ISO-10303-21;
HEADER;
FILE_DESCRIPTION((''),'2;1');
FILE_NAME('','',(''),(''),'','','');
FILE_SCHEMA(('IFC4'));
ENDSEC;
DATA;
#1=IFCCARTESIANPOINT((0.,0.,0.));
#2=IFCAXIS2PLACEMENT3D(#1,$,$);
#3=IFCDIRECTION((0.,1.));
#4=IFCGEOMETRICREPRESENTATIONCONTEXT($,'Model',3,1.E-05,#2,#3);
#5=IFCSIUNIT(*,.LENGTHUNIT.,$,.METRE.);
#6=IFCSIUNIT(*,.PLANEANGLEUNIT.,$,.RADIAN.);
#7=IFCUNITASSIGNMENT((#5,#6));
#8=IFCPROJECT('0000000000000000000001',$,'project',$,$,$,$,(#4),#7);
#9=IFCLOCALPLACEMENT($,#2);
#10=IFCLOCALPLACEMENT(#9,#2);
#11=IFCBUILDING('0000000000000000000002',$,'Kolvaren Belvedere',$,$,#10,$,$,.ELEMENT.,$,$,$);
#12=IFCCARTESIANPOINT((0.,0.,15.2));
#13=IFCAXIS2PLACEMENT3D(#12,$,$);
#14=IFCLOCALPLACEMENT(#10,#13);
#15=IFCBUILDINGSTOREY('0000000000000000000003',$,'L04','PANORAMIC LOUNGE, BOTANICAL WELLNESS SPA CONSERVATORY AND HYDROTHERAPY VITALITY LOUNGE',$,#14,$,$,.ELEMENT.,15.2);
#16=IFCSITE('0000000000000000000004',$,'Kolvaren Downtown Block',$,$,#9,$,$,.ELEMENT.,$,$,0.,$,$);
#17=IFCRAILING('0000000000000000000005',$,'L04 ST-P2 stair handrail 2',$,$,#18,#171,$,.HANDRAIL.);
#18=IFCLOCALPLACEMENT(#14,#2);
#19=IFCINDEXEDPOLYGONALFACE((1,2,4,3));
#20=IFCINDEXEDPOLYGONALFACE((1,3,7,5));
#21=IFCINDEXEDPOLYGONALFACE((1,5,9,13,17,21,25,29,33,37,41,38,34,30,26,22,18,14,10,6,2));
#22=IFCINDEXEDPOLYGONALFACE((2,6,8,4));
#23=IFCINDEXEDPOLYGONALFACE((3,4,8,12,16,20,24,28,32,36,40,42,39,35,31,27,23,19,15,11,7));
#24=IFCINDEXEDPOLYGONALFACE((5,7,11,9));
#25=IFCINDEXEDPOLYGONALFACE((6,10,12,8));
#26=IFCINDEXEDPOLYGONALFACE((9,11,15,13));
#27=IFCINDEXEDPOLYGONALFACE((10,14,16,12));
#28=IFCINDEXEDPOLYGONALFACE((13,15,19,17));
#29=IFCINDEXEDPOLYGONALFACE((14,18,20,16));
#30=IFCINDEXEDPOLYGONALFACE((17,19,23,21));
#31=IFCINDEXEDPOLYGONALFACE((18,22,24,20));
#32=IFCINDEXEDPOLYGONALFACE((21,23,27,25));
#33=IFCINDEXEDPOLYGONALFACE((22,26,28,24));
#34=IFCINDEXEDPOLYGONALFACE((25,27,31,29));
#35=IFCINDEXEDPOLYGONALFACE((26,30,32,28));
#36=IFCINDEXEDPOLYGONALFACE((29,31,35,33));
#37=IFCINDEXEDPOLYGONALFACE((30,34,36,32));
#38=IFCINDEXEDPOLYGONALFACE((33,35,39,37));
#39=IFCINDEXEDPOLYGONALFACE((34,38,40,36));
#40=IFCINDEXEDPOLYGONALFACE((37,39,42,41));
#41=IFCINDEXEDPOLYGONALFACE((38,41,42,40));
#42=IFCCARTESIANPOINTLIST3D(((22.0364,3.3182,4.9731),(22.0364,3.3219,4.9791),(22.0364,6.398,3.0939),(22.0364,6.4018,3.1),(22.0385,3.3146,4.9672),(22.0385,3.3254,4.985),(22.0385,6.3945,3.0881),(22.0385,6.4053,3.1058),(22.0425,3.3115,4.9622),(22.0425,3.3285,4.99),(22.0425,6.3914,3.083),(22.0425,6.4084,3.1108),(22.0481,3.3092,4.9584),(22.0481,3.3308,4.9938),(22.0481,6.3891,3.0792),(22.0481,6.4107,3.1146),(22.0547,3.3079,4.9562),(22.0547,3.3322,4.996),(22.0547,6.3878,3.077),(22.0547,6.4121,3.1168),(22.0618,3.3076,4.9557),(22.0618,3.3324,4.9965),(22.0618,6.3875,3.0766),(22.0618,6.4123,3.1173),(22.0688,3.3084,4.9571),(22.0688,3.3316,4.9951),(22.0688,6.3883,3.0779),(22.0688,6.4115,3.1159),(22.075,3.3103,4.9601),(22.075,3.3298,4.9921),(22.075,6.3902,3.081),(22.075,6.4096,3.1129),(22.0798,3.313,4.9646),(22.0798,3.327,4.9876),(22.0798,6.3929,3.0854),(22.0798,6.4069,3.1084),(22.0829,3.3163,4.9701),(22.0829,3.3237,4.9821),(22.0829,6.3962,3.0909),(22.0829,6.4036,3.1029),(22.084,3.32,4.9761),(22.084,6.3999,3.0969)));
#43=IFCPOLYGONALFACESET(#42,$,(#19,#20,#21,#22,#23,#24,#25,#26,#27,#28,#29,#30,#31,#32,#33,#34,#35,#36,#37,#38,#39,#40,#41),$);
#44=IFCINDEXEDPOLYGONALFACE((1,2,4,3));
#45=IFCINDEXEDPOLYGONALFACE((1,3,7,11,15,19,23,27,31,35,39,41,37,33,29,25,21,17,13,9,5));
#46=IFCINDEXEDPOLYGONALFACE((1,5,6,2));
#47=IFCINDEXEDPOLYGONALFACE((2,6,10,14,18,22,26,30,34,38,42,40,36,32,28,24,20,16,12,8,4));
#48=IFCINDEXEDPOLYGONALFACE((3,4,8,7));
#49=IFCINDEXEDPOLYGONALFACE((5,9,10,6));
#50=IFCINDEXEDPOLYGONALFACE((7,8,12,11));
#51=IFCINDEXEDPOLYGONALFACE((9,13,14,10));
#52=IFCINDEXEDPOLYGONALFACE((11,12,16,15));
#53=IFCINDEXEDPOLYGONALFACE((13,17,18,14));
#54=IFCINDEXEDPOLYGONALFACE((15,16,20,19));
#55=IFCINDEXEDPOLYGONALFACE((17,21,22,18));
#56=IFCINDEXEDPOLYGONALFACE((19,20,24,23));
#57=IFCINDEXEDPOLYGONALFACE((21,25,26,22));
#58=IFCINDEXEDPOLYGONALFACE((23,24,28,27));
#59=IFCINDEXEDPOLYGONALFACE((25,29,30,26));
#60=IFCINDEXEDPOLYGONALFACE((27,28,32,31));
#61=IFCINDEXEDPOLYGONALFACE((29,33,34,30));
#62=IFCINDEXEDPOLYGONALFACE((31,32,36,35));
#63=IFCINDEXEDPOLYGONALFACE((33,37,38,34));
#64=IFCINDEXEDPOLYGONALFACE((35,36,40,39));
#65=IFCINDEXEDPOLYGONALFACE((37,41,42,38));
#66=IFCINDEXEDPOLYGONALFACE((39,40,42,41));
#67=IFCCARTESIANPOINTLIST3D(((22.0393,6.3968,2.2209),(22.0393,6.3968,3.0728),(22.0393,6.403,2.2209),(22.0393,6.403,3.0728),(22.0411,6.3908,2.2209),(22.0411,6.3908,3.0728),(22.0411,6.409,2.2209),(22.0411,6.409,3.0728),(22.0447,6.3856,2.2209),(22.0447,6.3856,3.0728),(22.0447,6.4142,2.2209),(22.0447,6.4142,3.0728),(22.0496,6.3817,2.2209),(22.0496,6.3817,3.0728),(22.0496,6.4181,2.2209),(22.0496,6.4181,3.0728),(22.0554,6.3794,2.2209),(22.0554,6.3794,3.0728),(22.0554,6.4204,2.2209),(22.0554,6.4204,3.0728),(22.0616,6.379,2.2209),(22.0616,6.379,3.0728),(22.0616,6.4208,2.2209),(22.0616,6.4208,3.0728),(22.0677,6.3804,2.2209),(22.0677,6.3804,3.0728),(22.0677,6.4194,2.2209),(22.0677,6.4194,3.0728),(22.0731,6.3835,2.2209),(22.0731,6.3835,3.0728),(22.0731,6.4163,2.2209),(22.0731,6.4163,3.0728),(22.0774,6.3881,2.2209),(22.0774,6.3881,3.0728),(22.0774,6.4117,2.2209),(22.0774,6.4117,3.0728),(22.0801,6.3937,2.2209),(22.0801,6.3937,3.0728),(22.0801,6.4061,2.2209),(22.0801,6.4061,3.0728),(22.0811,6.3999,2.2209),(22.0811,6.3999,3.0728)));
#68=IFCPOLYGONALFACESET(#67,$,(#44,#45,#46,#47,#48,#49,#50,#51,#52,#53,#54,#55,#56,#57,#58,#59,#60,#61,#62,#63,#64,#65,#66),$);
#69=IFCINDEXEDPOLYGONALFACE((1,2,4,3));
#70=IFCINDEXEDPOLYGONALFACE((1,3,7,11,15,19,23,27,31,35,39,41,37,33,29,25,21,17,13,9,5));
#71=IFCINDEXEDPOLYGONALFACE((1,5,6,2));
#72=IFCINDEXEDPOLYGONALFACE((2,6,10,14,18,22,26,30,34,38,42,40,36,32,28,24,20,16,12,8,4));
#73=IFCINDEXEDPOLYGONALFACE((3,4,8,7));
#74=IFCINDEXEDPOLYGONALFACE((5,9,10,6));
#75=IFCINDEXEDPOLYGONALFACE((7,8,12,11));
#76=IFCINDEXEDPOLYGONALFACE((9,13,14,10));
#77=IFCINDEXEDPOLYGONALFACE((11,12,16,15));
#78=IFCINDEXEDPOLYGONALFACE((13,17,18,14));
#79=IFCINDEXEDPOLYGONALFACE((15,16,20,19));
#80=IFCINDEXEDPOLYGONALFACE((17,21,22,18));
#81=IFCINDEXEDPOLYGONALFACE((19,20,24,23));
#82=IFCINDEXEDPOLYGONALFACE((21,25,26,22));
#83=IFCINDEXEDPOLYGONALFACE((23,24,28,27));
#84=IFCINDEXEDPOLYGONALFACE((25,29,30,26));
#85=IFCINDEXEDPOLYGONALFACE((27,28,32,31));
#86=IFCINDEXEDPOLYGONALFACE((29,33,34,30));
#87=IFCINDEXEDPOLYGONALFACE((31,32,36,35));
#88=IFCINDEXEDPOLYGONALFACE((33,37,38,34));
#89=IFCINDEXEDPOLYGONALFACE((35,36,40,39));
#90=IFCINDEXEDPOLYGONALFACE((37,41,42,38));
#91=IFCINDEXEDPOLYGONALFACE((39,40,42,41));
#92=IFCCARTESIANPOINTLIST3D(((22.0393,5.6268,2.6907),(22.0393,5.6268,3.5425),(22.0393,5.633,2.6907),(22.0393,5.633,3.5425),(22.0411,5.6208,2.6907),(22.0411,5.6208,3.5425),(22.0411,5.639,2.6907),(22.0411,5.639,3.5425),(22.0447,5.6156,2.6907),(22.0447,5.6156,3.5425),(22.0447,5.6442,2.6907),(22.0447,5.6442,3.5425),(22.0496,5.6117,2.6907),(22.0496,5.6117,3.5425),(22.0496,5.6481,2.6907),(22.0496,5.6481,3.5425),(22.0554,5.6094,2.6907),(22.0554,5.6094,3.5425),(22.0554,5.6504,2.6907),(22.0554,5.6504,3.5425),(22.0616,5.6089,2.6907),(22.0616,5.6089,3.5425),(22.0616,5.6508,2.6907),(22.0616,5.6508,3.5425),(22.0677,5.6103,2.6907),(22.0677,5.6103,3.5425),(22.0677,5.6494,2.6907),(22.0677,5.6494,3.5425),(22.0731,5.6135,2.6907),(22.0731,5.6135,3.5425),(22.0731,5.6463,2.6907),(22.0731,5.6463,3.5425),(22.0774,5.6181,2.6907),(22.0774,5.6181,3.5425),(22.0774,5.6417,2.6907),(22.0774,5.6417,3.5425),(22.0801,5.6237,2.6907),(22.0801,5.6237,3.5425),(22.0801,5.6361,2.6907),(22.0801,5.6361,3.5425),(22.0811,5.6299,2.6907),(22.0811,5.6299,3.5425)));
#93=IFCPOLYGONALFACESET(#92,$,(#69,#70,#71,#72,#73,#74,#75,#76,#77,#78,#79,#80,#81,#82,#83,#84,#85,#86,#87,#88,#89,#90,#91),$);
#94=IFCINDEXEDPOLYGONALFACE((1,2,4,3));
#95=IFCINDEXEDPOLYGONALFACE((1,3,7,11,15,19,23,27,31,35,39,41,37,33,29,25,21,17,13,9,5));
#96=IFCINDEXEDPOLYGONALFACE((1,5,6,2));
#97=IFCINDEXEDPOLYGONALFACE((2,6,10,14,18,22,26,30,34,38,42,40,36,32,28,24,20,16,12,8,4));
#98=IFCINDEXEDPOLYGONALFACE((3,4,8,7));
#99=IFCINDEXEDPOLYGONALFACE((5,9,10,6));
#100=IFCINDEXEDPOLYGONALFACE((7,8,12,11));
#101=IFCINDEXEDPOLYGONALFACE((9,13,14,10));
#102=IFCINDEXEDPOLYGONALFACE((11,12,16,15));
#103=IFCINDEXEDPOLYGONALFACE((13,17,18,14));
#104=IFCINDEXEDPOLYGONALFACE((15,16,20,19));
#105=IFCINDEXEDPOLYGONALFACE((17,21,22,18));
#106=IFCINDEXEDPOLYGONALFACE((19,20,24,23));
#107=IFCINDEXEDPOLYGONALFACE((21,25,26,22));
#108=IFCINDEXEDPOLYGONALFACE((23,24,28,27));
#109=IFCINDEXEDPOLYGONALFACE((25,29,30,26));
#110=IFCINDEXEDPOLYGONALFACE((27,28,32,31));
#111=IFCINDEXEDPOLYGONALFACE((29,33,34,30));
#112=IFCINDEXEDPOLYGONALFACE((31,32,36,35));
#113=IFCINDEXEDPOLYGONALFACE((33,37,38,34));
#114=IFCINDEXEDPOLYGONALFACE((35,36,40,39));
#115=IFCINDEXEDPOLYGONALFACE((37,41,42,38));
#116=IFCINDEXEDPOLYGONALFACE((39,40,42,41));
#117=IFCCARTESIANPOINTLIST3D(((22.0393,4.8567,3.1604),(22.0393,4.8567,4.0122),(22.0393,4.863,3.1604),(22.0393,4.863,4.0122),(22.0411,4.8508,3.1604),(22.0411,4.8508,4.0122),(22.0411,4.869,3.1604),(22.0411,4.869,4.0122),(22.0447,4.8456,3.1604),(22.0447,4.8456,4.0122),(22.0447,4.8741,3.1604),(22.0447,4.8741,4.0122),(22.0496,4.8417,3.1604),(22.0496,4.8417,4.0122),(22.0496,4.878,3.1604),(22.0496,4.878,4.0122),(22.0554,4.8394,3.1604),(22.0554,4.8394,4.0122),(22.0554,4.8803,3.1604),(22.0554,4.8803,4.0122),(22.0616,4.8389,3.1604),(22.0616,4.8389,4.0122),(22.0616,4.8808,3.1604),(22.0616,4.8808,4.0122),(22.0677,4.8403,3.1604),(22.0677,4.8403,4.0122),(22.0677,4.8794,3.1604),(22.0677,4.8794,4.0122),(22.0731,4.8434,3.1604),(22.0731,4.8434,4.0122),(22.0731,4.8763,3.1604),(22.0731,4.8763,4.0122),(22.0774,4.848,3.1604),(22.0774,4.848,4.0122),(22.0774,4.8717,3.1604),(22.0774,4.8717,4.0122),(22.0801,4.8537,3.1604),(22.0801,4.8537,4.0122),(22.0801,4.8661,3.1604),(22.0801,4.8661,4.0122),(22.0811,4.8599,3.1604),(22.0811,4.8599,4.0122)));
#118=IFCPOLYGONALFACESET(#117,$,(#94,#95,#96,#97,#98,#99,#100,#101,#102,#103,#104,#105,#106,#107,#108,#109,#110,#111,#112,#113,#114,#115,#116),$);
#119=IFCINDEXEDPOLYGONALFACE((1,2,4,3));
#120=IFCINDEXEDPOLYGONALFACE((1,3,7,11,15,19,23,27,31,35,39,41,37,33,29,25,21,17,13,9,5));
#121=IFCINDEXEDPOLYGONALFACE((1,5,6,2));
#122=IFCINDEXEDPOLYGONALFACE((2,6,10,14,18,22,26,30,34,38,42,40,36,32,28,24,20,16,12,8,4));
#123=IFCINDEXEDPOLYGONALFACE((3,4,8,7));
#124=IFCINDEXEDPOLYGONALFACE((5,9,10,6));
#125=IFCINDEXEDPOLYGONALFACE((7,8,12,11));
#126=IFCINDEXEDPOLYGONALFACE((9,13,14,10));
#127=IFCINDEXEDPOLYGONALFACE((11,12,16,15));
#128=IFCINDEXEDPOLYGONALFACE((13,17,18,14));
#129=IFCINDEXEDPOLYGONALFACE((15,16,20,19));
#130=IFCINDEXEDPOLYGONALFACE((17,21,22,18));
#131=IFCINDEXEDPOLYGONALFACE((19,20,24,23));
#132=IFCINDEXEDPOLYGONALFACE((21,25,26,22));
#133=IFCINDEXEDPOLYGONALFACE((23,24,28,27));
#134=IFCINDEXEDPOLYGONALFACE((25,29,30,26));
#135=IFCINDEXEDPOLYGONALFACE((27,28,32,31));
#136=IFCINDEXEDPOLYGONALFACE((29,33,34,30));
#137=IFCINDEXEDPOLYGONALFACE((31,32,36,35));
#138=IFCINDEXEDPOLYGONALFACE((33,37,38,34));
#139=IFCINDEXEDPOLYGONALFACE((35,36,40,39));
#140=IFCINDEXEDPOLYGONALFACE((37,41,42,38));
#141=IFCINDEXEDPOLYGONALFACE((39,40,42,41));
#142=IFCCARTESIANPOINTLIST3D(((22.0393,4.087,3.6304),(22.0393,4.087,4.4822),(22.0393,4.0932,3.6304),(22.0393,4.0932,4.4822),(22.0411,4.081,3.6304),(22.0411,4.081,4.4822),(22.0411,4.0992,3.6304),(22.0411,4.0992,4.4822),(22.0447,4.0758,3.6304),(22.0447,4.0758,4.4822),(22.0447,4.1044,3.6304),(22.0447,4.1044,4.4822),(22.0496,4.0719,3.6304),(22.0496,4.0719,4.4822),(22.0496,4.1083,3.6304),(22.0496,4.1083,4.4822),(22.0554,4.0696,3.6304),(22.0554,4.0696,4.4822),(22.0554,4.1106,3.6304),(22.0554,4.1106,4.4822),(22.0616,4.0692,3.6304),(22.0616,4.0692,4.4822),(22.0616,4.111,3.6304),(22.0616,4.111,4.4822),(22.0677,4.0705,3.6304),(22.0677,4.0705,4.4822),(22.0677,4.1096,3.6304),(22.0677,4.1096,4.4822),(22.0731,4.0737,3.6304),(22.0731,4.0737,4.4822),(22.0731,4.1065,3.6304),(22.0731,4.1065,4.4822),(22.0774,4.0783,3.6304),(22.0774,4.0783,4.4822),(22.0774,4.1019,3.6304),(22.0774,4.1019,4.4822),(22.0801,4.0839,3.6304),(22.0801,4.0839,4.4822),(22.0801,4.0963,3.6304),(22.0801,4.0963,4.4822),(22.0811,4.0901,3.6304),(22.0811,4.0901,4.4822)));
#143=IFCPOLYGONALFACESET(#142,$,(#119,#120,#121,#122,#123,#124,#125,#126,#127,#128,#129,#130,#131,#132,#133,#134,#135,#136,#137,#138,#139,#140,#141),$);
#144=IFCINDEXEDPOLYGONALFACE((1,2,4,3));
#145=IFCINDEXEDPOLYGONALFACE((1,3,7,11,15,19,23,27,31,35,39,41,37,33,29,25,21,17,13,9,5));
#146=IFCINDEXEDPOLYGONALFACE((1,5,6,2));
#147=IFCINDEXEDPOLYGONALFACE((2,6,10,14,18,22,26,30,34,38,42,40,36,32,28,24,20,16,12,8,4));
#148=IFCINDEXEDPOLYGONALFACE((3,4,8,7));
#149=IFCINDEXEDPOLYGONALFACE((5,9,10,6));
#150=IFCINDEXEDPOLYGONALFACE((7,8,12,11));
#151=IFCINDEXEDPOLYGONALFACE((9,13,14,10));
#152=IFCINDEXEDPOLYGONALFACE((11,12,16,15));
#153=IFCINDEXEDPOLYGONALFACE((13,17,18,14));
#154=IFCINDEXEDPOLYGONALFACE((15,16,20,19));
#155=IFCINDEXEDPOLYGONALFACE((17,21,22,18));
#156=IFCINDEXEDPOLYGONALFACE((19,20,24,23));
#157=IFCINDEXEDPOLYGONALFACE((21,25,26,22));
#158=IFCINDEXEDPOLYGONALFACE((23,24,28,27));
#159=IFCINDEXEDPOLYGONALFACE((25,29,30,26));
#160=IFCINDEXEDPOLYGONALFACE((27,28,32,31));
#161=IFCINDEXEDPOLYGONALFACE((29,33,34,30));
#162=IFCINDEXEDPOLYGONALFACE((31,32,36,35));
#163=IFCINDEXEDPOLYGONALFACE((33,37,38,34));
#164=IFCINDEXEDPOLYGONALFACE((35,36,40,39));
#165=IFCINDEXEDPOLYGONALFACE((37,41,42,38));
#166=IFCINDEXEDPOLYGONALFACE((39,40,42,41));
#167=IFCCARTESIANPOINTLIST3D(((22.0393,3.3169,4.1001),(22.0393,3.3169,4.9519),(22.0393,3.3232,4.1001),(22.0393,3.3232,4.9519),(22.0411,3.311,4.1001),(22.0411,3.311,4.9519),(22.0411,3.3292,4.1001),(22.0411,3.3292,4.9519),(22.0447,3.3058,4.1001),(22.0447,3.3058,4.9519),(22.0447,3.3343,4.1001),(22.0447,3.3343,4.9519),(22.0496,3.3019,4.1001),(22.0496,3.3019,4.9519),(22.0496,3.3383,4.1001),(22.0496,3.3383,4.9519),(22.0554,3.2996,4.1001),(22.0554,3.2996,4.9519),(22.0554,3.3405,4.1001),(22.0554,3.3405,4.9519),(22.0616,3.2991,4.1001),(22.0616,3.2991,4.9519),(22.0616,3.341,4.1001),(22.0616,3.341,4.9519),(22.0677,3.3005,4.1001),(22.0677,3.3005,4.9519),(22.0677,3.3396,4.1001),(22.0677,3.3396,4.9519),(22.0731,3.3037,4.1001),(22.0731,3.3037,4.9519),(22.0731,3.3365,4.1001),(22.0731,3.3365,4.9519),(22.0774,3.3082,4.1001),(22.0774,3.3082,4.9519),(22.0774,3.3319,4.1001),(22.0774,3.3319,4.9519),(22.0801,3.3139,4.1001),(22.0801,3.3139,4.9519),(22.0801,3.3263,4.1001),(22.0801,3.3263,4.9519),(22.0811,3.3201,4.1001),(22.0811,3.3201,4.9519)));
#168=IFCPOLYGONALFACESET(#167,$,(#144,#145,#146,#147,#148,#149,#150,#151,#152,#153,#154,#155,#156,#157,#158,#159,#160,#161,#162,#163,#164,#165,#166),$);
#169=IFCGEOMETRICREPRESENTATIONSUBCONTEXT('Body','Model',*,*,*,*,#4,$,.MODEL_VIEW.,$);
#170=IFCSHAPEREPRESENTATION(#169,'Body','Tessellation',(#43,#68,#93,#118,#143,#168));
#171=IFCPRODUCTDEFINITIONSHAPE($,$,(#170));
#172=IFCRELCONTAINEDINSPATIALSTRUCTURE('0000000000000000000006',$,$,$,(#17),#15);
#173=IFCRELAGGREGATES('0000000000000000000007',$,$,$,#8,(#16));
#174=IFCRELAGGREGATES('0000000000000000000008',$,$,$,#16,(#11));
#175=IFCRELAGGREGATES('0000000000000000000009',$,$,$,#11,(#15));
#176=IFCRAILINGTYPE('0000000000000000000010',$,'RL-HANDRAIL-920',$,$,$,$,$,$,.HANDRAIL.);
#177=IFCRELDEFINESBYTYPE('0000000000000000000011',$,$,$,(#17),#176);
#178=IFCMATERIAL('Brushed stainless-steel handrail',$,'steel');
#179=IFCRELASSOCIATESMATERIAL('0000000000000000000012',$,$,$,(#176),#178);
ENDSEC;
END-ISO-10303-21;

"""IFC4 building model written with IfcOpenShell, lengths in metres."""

from ifc_helpers import new_model, si_unit, direction, frame, origin, origin_2d, place, context, subcontext, project, spatial, circle, extrude, material, type_object, element, save


model = new_model("IFC4")

# Units and contexts
model_context = context("Model", 3, precision=1e-05, world=origin(), true_north=direction((0.0, 1.0)))
body_context = subcontext(model_context, "Body", "Model", "MODEL_VIEW")
ifc_project = project(units=[si_unit("LENGTHUNIT", "METRE"), si_unit("PLANEANGLEUNIT", "RADIAN")], contexts=[model_context])

# Site, building, storey
site_placement = place(None, origin())
site = spatial("IfcSite", under=ifc_project, at=site_placement, Name="Kolvaren Downtown Block", CompositionType="ELEMENT", RefElevation=0.0)
building_placement = place(site_placement, origin())
building = spatial("IfcBuilding", under=site, at=building_placement, Name="Kolvaren Belvedere", CompositionType="ELEMENT")
storey_placement = place(building_placement, frame((0.0, 0.0, 15.2)))
storey = spatial("IfcBuildingStorey", under=building, at=storey_placement, Name="L04", Description="PANORAMIC LOUNGE, BOTANICAL WELLNESS SPA CONSERVATORY AND HYDROTHERAPY VITALITY LOUNGE", CompositionType="ELEMENT", Elevation=15.2)

# Railing
ifc_material_1 = material(Name="Brushed stainless-steel handrail", Category="steel")
railing_type_1 = type_object("IfcRailingType", Name="RL-HANDRAIL-920", PredefinedType="HANDRAIL", material=ifc_material_1)
railing_1_placement = place(storey_placement, frame((22.0601, 6.3999, 2.2209)))
element("IfcRailing", 1, at=railing_1_placement, inside=storey, type_object=railing_type_1, Name="L04 ST-P2 stair handrail 2", PredefinedType="HANDRAIL", context=body_context, shape_type="SweptSolid", body=[
    extrude(circle(Radius=0.0239, at=origin_2d()), frame((0.0, 0.0, 0.876), z_axis=(0.0, -0.853648, 0.52085), x_axis=(1.0, 0.0, 0.0)), (0.0, 0.0, 1.0), 3.6079),
    extrude(circle(Radius=0.021, at=origin_2d()), origin(), (0.0, 0.0, 1.0), 0.8518),
    extrude(circle(Radius=0.021, at=origin_2d()), frame((0.0, -0.77, 0.4697)), (0.0, 0.0, 1.0), 0.8518),
    extrude(circle(Radius=0.021, at=origin_2d()), frame((0.0, -1.54, 0.9395)), (0.0, 0.0, 1.0), 0.8518),
    extrude(circle(Radius=0.021, at=origin_2d()), frame((0.0, -2.3098, 1.4094)), (0.0, 0.0, 1.0), 0.8518),
    extrude(circle(Radius=0.021, at=origin_2d()), frame((0.0, -3.0798, 1.8792)), (0.0, 0.0, 1.0), 0.8518),
])

save(model, "model.ifc")
